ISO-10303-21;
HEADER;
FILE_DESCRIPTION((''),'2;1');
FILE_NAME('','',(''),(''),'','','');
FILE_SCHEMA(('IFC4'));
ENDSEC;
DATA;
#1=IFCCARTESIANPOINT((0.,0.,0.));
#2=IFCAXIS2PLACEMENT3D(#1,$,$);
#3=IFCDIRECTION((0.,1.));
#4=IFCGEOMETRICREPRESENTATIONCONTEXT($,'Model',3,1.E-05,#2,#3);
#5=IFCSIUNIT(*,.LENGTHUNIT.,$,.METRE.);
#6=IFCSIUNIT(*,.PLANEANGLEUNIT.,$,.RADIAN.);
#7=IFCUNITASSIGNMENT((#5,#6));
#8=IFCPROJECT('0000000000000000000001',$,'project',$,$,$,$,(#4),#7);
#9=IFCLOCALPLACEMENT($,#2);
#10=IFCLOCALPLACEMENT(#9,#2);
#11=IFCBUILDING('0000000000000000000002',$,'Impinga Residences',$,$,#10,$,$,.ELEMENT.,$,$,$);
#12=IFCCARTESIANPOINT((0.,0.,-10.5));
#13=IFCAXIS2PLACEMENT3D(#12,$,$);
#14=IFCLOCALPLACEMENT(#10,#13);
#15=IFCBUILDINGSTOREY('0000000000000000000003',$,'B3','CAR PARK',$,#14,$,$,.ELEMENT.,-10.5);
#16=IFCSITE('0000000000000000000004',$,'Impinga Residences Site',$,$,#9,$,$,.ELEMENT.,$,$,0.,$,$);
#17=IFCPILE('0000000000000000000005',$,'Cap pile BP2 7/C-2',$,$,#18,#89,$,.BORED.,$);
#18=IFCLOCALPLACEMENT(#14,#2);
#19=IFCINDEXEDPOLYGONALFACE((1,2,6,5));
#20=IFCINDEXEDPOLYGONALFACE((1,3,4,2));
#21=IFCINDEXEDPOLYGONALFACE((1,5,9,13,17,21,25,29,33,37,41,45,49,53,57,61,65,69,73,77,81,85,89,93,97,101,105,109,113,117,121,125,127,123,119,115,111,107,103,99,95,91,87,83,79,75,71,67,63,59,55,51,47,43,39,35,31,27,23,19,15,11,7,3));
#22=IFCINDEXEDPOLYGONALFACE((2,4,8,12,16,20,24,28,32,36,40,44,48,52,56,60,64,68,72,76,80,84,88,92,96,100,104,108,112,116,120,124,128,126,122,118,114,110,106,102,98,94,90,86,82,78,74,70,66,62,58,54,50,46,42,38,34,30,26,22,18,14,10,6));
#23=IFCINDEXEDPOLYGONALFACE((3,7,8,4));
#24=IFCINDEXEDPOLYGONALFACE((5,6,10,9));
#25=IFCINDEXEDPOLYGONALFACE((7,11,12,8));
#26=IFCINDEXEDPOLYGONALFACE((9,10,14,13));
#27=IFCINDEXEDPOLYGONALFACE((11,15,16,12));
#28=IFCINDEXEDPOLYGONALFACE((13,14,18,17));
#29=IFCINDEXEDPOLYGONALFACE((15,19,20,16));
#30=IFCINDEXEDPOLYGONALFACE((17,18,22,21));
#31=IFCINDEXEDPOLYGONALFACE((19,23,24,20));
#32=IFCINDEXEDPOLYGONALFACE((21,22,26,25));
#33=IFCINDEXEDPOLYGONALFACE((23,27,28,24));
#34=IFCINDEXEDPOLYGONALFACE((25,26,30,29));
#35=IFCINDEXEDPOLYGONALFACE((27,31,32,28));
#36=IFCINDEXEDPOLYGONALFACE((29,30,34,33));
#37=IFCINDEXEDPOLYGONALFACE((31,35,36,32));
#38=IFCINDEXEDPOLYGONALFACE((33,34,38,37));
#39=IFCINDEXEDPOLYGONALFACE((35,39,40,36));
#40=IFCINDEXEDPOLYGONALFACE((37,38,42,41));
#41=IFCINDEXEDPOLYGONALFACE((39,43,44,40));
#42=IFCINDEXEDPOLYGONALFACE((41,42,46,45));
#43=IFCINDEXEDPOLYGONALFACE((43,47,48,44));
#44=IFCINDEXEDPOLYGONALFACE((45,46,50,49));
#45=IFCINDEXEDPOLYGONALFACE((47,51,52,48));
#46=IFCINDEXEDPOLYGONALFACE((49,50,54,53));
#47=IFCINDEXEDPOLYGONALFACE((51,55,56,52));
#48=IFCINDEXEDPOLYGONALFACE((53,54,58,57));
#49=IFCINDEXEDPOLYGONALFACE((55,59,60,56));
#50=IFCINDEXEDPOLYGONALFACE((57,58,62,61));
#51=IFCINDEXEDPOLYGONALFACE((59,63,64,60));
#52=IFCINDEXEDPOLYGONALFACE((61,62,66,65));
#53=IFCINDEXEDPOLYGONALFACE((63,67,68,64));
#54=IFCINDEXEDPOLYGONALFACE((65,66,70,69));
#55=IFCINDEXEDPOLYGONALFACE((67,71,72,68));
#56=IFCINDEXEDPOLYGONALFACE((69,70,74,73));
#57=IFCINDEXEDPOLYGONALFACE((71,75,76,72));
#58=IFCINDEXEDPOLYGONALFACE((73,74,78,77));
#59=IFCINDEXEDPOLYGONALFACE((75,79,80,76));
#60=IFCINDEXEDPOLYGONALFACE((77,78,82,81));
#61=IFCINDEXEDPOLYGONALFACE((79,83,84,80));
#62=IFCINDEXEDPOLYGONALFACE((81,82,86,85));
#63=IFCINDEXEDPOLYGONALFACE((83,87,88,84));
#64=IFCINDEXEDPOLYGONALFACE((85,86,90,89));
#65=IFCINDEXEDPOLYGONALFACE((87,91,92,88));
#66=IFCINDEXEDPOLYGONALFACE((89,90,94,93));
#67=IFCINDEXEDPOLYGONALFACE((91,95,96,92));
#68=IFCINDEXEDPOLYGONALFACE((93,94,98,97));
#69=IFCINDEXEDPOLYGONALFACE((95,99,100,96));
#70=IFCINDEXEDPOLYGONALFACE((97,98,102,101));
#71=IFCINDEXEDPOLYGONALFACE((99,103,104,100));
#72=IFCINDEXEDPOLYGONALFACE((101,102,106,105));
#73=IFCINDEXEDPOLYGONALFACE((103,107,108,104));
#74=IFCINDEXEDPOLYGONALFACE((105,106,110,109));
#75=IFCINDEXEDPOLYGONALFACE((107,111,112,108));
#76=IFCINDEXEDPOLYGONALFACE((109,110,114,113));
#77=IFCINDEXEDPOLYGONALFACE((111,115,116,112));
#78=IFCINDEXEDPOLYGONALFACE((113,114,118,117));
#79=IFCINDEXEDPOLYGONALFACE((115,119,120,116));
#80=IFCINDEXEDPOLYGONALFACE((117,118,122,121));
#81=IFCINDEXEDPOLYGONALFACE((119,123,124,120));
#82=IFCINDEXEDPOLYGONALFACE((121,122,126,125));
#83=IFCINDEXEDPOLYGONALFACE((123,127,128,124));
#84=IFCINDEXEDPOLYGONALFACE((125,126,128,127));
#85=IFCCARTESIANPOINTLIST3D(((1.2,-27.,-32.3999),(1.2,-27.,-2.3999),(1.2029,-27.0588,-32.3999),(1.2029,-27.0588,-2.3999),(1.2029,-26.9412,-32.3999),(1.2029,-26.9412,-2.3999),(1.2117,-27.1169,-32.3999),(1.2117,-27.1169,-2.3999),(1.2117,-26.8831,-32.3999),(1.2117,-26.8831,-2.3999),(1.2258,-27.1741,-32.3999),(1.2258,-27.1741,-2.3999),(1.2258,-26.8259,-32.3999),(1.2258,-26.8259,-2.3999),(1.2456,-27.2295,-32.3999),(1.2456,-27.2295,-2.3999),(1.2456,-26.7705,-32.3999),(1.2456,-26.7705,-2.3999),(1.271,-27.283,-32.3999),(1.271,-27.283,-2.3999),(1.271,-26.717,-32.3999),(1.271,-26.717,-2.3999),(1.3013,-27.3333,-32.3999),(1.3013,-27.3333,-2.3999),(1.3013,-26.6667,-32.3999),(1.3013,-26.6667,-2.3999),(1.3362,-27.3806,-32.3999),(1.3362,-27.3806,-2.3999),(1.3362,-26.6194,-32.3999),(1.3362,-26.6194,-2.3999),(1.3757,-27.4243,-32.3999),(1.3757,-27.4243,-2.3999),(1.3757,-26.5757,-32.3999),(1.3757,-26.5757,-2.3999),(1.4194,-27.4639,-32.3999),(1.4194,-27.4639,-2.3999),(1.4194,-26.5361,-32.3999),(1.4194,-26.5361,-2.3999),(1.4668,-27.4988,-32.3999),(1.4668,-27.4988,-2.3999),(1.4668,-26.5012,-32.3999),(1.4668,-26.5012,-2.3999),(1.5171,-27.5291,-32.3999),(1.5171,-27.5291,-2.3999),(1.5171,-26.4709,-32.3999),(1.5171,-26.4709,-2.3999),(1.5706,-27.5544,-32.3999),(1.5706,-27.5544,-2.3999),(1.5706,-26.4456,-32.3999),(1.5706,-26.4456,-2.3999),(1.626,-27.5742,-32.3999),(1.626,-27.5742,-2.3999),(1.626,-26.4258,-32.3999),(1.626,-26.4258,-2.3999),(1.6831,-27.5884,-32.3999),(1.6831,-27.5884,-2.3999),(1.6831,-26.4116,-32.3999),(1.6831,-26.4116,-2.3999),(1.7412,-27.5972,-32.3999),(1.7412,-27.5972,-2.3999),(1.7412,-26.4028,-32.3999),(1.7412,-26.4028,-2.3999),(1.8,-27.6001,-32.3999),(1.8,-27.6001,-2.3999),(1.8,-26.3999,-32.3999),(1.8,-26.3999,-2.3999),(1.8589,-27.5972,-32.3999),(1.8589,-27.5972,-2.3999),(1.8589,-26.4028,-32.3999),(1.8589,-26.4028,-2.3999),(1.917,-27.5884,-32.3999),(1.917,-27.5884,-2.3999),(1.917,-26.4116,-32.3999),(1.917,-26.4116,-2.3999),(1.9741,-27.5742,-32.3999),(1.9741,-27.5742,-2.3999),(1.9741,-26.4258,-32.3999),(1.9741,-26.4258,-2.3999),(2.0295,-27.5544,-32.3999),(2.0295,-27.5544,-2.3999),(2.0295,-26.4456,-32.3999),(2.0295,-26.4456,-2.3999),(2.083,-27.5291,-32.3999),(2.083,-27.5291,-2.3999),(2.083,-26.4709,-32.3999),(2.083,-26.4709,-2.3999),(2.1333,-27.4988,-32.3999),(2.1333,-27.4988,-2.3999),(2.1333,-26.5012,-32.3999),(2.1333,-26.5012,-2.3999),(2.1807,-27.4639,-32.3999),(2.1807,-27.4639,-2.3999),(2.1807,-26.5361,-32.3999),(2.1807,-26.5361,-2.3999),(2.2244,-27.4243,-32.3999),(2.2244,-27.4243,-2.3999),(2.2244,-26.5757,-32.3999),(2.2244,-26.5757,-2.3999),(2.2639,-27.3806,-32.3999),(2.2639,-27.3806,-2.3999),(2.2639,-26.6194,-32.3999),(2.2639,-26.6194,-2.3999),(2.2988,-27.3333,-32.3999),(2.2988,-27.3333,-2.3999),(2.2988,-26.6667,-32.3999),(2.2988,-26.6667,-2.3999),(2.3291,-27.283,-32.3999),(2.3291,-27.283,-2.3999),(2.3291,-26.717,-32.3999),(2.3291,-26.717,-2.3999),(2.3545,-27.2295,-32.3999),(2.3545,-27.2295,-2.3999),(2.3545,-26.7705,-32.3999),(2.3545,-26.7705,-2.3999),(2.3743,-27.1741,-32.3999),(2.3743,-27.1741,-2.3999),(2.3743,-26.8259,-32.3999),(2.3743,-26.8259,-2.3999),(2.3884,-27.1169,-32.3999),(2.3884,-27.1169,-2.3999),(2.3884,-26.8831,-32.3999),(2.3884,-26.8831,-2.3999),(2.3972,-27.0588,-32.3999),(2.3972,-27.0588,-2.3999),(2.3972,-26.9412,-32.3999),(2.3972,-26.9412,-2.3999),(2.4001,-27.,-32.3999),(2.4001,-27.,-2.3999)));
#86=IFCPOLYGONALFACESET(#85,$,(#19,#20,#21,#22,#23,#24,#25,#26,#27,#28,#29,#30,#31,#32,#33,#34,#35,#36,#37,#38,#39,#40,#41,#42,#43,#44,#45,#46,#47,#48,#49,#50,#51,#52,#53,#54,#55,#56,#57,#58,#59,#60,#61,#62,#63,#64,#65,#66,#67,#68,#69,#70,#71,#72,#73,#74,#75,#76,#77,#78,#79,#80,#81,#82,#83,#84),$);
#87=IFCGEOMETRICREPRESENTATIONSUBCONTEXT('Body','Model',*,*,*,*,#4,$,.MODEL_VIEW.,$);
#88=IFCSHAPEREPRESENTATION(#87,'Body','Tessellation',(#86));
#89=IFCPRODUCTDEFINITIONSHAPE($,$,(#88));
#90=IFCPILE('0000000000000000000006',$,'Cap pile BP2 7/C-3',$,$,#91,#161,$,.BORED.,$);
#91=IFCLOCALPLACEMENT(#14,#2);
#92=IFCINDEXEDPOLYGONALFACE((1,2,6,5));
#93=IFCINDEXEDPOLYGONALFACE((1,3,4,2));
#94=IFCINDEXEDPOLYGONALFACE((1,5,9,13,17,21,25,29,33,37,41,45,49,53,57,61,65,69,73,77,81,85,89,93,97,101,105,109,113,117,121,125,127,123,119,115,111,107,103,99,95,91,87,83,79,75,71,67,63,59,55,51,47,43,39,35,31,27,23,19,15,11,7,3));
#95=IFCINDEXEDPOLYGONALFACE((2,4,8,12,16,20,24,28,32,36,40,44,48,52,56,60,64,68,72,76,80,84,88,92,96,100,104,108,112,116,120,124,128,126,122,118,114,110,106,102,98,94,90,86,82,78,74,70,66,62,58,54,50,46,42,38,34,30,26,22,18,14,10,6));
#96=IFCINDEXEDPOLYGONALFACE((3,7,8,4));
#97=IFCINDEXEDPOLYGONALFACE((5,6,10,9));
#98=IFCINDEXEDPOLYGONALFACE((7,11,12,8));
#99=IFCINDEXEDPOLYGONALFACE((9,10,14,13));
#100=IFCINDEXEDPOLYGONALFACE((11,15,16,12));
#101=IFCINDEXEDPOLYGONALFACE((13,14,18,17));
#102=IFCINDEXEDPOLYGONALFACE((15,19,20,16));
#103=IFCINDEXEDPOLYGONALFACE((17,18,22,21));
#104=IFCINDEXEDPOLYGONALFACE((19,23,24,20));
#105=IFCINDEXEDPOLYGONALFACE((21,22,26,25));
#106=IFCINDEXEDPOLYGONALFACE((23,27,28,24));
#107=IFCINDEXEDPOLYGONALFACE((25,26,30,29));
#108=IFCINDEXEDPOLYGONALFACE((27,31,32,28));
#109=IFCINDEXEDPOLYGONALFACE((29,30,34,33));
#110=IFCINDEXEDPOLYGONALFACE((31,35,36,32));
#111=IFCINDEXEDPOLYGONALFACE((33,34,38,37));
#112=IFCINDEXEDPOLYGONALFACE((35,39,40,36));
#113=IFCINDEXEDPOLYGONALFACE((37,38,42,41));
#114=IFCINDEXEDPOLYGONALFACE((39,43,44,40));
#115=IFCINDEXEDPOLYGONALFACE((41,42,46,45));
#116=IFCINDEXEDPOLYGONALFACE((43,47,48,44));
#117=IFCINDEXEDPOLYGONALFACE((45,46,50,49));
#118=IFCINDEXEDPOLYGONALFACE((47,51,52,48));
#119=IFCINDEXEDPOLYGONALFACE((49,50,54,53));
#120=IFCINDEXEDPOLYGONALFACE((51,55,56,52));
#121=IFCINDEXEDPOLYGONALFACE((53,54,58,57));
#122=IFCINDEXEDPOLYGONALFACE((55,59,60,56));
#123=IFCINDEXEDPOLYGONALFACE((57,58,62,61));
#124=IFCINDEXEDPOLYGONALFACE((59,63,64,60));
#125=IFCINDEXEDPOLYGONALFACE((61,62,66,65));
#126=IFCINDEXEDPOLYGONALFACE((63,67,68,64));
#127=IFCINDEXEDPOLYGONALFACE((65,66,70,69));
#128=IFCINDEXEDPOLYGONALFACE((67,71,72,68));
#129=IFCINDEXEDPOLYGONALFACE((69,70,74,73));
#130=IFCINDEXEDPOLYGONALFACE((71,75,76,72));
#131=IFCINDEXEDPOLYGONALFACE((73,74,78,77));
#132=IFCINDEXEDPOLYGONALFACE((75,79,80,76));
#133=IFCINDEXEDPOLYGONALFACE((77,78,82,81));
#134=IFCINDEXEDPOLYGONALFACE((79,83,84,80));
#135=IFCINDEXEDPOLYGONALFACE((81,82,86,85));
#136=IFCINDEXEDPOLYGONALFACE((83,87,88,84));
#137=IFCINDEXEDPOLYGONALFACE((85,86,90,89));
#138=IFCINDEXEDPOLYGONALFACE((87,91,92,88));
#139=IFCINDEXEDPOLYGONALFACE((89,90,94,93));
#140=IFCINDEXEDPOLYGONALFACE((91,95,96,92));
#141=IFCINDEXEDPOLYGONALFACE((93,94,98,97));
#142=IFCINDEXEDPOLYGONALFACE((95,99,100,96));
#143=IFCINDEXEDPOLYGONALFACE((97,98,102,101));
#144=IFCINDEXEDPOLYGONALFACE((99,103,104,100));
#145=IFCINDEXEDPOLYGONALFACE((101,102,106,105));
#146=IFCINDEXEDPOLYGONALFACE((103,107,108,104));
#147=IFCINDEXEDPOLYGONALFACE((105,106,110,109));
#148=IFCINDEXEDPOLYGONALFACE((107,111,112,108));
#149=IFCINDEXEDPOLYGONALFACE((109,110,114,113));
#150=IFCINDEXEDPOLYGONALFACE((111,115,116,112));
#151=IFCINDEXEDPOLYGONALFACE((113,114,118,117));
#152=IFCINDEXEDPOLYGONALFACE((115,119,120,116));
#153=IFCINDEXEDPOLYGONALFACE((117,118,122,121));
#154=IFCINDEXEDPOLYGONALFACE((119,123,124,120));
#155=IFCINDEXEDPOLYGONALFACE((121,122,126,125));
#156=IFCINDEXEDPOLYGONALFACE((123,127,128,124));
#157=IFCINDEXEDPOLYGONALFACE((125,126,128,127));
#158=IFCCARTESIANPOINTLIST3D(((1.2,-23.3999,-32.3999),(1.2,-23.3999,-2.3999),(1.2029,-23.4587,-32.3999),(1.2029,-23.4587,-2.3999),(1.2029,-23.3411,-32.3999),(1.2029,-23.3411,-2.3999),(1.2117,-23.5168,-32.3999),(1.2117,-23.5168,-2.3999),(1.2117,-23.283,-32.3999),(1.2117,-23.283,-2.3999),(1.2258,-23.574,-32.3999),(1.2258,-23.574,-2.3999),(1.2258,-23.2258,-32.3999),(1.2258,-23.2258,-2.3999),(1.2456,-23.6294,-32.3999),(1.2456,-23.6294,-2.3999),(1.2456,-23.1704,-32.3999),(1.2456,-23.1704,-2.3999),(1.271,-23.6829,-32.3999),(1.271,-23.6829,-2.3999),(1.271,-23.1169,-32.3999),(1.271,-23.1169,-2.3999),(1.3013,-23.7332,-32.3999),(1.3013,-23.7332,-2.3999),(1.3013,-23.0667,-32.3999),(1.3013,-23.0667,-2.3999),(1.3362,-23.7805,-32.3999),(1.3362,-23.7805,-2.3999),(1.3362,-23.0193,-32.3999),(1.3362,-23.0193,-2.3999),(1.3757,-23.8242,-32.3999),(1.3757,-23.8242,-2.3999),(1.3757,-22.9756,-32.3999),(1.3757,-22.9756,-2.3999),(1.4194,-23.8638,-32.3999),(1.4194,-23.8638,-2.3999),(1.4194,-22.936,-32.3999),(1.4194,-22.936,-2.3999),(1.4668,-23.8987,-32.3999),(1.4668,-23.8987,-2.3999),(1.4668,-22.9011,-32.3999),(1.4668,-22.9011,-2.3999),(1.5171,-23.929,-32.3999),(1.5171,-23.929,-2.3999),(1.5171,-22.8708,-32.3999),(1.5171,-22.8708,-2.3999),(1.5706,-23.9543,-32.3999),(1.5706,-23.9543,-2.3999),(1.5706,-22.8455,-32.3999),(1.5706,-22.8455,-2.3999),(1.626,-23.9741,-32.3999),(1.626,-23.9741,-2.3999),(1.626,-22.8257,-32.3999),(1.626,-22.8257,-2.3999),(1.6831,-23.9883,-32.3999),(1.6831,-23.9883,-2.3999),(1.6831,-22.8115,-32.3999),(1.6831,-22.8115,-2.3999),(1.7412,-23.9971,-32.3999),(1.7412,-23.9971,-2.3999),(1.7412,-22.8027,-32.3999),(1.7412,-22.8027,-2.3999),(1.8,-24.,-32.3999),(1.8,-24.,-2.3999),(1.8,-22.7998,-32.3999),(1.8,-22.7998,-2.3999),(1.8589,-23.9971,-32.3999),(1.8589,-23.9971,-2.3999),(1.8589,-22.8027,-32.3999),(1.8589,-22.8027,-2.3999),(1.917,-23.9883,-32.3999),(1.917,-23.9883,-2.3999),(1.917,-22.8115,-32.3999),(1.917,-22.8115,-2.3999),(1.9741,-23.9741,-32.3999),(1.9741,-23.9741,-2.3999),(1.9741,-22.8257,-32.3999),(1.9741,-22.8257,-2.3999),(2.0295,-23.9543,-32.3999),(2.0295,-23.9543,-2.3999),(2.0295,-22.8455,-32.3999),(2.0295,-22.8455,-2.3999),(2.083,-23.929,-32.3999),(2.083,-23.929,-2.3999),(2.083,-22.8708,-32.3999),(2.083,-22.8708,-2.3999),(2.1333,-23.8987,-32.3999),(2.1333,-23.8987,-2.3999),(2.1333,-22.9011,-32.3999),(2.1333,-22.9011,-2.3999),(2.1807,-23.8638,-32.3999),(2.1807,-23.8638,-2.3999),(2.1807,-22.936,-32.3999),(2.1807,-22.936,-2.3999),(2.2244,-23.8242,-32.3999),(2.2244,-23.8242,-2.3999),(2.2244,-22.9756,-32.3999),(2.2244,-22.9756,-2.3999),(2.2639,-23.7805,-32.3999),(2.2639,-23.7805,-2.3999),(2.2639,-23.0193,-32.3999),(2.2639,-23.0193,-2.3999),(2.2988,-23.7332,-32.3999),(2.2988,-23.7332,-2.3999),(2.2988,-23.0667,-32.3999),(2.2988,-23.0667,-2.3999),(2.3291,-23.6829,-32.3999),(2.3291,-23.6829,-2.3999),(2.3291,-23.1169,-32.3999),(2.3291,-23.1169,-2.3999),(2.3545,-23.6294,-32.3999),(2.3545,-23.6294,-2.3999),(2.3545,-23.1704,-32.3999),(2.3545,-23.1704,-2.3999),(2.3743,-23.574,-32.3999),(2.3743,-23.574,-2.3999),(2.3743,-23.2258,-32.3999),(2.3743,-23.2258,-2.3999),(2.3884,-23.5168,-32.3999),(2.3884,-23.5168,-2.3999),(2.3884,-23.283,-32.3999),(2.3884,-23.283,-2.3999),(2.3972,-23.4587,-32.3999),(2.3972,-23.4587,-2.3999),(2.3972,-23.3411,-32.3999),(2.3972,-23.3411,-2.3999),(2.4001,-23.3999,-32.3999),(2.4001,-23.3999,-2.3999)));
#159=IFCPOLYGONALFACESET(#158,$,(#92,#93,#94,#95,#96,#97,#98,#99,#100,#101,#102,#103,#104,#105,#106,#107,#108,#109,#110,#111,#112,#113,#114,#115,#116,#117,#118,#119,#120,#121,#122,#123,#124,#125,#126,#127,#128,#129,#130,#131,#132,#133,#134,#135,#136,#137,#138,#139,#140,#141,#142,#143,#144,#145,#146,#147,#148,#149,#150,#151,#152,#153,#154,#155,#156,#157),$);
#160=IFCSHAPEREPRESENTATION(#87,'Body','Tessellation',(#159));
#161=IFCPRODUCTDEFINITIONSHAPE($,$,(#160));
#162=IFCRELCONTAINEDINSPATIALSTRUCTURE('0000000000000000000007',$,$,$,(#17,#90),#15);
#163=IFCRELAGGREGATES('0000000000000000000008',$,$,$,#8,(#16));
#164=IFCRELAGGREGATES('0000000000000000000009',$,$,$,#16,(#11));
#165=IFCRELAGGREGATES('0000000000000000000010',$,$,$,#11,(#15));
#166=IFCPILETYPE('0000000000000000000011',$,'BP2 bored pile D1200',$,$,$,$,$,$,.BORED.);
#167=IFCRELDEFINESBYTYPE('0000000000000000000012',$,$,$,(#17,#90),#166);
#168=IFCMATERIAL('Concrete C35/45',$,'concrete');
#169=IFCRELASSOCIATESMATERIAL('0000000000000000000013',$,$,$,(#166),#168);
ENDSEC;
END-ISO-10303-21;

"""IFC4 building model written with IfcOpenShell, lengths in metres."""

from ifc_helpers import new_model, si_unit, direction, frame, origin, origin_2d, place, context, subcontext, project, spatial, polyline, circle, outline, extrude, material, material_profile, profile_set, type_object, element, save


model = new_model("IFC4")

# Units and contexts
model_context = context("Model", 3, precision=1e-05, world=origin(), true_north=direction((0.0, 1.0)))
body_context = subcontext(model_context, "Body", "Model", "MODEL_VIEW")
ifc_project = project(units=[si_unit("LENGTHUNIT", "METRE"), si_unit("PLANEANGLEUNIT", "RADIAN")], contexts=[model_context])

# Site, building, storey
site_placement = place(None, origin())
site = spatial("IfcSite", under=ifc_project, at=site_placement, Name="Impinga Residences Site", CompositionType="ELEMENT", RefElevation=0.0)
building_placement = place(site_placement, origin())
building = spatial("IfcBuilding", under=site, at=building_placement, Name="Impinga Residences", CompositionType="ELEMENT")
storey_placement = place(building_placement, frame((0.0, 0.0, -10.5)))
storey = spatial("IfcBuildingStorey", under=building, at=storey_placement, Name="B3", Description="CAR PARK", CompositionType="ELEMENT", Elevation=-10.5)

# Piles
ifc_material_1 = material(Name="Concrete C35/45", Category="concrete")
ifc_material_profile_1 = material_profile(ifc_material_1, circle(Radius=0.6001, at=origin_2d()), Name="D1200")
ifc_profile_set_1 = profile_set([ifc_material_profile_1], Name="Concrete C35/45")
pile_type = type_object("IfcPileType", Name="BP2 bored pile D1200", PredefinedType="BORED", material=ifc_profile_set_1)
pile_1_placement = place(storey_placement, frame((1.8, -27.0, -2.3999), z_axis=(0.0, 0.0, -1.0), x_axis=(1.0, 0.0, 0.0)))
element("IfcPile", 1, at=pile_1_placement, inside=storey, type_object=pile_type, Name="Cap pile BP2 7/C-2", PredefinedType="BORED", context=body_context, shape_type="SweptSolid", body=[
    extrude(outline(polyline([(0.6001, 0.0), (0.5972, 0.0588), (0.5884, 0.1169), (0.5742, 0.1741), (0.5544, 0.2295), (0.5291, 0.283), (0.4988, 0.3333), (0.4639, 0.3806), (0.4243, 0.4243), (0.3806, 0.4639), (0.3333, 0.4988), (0.283, 0.5291), (0.2295, 0.5544), (0.1741, 0.5742), (0.1169, 0.5884), (0.0588, 0.5972), (0.0, 0.6001), (-0.0588, 0.5972), (-0.1169, 0.5884), (-0.1741, 0.5742), (-0.2295, 0.5544), (-0.283, 0.5291), (-0.3333, 0.4988), (-0.3806, 0.4639), (-0.4243, 0.4243), (-0.4639, 0.3806), (-0.4988, 0.3333), (-0.5291, 0.283), (-0.5544, 0.2295), (-0.5742, 0.1741), (-0.5884, 0.1169), (-0.5972, 0.0588), (-0.6001, 0.0), (-0.5972, -0.0588), (-0.5884, -0.1169), (-0.5742, -0.1741), (-0.5544, -0.2295), (-0.5291, -0.283), (-0.4988, -0.3333), (-0.4639, -0.3806), (-0.4243, -0.4243), (-0.3806, -0.4639), (-0.3333, -0.4988), (-0.283, -0.5291), (-0.2295, -0.5544), (-0.1741, -0.5742), (-0.1169, -0.5884), (-0.0588, -0.5972), (0.0, -0.6001), (0.0588, -0.5972), (0.1169, -0.5884), (0.1741, -0.5742), (0.2295, -0.5544), (0.283, -0.5291), (0.3333, -0.4988), (0.3806, -0.4639), (0.4243, -0.4243), (0.4639, -0.3806), (0.4988, -0.3333), (0.5291, -0.283), (0.5544, -0.2295), (0.5742, -0.1741), (0.5884, -0.1169), (0.5972, -0.0588), (0.6001, 0.0)])), origin(), (0.0, 0.0, 1.0), 30.0),
])
pile_2_placement = place(storey_placement, frame((1.8, -23.3999, -2.3999), z_axis=(0.0, 0.0, -1.0), x_axis=(1.0, 0.0, 0.0)))
element("IfcPile", 2, at=pile_2_placement, inside=storey, type_object=pile_type, Name="Cap pile BP2 7/C-3", PredefinedType="BORED", context=body_context, shape_type="SweptSolid", body=[
    extrude(outline(polyline([(0.6001, 0.0), (0.5972, 0.0588), (0.5884, 0.1169), (0.5742, 0.1741), (0.5544, 0.2295), (0.5291, 0.283), (0.4988, 0.3333), (0.4639, 0.3806), (0.4243, 0.4243), (0.3806, 0.4639), (0.3333, 0.4988), (0.283, 0.5291), (0.2295, 0.5544), (0.1741, 0.5742), (0.1169, 0.5884), (0.0588, 0.5972), (0.0, 0.6001), (-0.0588, 0.5972), (-0.1169, 0.5884), (-0.1741, 0.5742), (-0.2295, 0.5544), (-0.283, 0.5291), (-0.3333, 0.4988), (-0.3806, 0.4639), (-0.4243, 0.4243), (-0.4639, 0.3806), (-0.4988, 0.3333), (-0.5291, 0.283), (-0.5544, 0.2295), (-0.5742, 0.1741), (-0.5884, 0.1169), (-0.5972, 0.0588), (-0.6001, 0.0), (-0.5972, -0.0588), (-0.5884, -0.1169), (-0.5742, -0.1741), (-0.5544, -0.2295), (-0.5291, -0.283), (-0.4988, -0.3333), (-0.4639, -0.3806), (-0.4243, -0.4243), (-0.3806, -0.4639), (-0.3333, -0.4988), (-0.283, -0.5291), (-0.2295, -0.5544), (-0.1741, -0.5742), (-0.1169, -0.5884), (-0.0588, -0.5972), (0.0, -0.6001), (0.0588, -0.5972), (0.1169, -0.5884), (0.1741, -0.5742), (0.2295, -0.5544), (0.283, -0.5291), (0.3333, -0.4988), (0.3806, -0.4639), (0.4243, -0.4243), (0.4639, -0.3806), (0.4988, -0.3333), (0.5291, -0.283), (0.5544, -0.2295), (0.5742, -0.1741), (0.5884, -0.1169), (0.5972, -0.0588), (0.6001, 0.0)])), origin(), (0.0, 0.0, 1.0), 30.0),
])

save(model, "model.ifc")
